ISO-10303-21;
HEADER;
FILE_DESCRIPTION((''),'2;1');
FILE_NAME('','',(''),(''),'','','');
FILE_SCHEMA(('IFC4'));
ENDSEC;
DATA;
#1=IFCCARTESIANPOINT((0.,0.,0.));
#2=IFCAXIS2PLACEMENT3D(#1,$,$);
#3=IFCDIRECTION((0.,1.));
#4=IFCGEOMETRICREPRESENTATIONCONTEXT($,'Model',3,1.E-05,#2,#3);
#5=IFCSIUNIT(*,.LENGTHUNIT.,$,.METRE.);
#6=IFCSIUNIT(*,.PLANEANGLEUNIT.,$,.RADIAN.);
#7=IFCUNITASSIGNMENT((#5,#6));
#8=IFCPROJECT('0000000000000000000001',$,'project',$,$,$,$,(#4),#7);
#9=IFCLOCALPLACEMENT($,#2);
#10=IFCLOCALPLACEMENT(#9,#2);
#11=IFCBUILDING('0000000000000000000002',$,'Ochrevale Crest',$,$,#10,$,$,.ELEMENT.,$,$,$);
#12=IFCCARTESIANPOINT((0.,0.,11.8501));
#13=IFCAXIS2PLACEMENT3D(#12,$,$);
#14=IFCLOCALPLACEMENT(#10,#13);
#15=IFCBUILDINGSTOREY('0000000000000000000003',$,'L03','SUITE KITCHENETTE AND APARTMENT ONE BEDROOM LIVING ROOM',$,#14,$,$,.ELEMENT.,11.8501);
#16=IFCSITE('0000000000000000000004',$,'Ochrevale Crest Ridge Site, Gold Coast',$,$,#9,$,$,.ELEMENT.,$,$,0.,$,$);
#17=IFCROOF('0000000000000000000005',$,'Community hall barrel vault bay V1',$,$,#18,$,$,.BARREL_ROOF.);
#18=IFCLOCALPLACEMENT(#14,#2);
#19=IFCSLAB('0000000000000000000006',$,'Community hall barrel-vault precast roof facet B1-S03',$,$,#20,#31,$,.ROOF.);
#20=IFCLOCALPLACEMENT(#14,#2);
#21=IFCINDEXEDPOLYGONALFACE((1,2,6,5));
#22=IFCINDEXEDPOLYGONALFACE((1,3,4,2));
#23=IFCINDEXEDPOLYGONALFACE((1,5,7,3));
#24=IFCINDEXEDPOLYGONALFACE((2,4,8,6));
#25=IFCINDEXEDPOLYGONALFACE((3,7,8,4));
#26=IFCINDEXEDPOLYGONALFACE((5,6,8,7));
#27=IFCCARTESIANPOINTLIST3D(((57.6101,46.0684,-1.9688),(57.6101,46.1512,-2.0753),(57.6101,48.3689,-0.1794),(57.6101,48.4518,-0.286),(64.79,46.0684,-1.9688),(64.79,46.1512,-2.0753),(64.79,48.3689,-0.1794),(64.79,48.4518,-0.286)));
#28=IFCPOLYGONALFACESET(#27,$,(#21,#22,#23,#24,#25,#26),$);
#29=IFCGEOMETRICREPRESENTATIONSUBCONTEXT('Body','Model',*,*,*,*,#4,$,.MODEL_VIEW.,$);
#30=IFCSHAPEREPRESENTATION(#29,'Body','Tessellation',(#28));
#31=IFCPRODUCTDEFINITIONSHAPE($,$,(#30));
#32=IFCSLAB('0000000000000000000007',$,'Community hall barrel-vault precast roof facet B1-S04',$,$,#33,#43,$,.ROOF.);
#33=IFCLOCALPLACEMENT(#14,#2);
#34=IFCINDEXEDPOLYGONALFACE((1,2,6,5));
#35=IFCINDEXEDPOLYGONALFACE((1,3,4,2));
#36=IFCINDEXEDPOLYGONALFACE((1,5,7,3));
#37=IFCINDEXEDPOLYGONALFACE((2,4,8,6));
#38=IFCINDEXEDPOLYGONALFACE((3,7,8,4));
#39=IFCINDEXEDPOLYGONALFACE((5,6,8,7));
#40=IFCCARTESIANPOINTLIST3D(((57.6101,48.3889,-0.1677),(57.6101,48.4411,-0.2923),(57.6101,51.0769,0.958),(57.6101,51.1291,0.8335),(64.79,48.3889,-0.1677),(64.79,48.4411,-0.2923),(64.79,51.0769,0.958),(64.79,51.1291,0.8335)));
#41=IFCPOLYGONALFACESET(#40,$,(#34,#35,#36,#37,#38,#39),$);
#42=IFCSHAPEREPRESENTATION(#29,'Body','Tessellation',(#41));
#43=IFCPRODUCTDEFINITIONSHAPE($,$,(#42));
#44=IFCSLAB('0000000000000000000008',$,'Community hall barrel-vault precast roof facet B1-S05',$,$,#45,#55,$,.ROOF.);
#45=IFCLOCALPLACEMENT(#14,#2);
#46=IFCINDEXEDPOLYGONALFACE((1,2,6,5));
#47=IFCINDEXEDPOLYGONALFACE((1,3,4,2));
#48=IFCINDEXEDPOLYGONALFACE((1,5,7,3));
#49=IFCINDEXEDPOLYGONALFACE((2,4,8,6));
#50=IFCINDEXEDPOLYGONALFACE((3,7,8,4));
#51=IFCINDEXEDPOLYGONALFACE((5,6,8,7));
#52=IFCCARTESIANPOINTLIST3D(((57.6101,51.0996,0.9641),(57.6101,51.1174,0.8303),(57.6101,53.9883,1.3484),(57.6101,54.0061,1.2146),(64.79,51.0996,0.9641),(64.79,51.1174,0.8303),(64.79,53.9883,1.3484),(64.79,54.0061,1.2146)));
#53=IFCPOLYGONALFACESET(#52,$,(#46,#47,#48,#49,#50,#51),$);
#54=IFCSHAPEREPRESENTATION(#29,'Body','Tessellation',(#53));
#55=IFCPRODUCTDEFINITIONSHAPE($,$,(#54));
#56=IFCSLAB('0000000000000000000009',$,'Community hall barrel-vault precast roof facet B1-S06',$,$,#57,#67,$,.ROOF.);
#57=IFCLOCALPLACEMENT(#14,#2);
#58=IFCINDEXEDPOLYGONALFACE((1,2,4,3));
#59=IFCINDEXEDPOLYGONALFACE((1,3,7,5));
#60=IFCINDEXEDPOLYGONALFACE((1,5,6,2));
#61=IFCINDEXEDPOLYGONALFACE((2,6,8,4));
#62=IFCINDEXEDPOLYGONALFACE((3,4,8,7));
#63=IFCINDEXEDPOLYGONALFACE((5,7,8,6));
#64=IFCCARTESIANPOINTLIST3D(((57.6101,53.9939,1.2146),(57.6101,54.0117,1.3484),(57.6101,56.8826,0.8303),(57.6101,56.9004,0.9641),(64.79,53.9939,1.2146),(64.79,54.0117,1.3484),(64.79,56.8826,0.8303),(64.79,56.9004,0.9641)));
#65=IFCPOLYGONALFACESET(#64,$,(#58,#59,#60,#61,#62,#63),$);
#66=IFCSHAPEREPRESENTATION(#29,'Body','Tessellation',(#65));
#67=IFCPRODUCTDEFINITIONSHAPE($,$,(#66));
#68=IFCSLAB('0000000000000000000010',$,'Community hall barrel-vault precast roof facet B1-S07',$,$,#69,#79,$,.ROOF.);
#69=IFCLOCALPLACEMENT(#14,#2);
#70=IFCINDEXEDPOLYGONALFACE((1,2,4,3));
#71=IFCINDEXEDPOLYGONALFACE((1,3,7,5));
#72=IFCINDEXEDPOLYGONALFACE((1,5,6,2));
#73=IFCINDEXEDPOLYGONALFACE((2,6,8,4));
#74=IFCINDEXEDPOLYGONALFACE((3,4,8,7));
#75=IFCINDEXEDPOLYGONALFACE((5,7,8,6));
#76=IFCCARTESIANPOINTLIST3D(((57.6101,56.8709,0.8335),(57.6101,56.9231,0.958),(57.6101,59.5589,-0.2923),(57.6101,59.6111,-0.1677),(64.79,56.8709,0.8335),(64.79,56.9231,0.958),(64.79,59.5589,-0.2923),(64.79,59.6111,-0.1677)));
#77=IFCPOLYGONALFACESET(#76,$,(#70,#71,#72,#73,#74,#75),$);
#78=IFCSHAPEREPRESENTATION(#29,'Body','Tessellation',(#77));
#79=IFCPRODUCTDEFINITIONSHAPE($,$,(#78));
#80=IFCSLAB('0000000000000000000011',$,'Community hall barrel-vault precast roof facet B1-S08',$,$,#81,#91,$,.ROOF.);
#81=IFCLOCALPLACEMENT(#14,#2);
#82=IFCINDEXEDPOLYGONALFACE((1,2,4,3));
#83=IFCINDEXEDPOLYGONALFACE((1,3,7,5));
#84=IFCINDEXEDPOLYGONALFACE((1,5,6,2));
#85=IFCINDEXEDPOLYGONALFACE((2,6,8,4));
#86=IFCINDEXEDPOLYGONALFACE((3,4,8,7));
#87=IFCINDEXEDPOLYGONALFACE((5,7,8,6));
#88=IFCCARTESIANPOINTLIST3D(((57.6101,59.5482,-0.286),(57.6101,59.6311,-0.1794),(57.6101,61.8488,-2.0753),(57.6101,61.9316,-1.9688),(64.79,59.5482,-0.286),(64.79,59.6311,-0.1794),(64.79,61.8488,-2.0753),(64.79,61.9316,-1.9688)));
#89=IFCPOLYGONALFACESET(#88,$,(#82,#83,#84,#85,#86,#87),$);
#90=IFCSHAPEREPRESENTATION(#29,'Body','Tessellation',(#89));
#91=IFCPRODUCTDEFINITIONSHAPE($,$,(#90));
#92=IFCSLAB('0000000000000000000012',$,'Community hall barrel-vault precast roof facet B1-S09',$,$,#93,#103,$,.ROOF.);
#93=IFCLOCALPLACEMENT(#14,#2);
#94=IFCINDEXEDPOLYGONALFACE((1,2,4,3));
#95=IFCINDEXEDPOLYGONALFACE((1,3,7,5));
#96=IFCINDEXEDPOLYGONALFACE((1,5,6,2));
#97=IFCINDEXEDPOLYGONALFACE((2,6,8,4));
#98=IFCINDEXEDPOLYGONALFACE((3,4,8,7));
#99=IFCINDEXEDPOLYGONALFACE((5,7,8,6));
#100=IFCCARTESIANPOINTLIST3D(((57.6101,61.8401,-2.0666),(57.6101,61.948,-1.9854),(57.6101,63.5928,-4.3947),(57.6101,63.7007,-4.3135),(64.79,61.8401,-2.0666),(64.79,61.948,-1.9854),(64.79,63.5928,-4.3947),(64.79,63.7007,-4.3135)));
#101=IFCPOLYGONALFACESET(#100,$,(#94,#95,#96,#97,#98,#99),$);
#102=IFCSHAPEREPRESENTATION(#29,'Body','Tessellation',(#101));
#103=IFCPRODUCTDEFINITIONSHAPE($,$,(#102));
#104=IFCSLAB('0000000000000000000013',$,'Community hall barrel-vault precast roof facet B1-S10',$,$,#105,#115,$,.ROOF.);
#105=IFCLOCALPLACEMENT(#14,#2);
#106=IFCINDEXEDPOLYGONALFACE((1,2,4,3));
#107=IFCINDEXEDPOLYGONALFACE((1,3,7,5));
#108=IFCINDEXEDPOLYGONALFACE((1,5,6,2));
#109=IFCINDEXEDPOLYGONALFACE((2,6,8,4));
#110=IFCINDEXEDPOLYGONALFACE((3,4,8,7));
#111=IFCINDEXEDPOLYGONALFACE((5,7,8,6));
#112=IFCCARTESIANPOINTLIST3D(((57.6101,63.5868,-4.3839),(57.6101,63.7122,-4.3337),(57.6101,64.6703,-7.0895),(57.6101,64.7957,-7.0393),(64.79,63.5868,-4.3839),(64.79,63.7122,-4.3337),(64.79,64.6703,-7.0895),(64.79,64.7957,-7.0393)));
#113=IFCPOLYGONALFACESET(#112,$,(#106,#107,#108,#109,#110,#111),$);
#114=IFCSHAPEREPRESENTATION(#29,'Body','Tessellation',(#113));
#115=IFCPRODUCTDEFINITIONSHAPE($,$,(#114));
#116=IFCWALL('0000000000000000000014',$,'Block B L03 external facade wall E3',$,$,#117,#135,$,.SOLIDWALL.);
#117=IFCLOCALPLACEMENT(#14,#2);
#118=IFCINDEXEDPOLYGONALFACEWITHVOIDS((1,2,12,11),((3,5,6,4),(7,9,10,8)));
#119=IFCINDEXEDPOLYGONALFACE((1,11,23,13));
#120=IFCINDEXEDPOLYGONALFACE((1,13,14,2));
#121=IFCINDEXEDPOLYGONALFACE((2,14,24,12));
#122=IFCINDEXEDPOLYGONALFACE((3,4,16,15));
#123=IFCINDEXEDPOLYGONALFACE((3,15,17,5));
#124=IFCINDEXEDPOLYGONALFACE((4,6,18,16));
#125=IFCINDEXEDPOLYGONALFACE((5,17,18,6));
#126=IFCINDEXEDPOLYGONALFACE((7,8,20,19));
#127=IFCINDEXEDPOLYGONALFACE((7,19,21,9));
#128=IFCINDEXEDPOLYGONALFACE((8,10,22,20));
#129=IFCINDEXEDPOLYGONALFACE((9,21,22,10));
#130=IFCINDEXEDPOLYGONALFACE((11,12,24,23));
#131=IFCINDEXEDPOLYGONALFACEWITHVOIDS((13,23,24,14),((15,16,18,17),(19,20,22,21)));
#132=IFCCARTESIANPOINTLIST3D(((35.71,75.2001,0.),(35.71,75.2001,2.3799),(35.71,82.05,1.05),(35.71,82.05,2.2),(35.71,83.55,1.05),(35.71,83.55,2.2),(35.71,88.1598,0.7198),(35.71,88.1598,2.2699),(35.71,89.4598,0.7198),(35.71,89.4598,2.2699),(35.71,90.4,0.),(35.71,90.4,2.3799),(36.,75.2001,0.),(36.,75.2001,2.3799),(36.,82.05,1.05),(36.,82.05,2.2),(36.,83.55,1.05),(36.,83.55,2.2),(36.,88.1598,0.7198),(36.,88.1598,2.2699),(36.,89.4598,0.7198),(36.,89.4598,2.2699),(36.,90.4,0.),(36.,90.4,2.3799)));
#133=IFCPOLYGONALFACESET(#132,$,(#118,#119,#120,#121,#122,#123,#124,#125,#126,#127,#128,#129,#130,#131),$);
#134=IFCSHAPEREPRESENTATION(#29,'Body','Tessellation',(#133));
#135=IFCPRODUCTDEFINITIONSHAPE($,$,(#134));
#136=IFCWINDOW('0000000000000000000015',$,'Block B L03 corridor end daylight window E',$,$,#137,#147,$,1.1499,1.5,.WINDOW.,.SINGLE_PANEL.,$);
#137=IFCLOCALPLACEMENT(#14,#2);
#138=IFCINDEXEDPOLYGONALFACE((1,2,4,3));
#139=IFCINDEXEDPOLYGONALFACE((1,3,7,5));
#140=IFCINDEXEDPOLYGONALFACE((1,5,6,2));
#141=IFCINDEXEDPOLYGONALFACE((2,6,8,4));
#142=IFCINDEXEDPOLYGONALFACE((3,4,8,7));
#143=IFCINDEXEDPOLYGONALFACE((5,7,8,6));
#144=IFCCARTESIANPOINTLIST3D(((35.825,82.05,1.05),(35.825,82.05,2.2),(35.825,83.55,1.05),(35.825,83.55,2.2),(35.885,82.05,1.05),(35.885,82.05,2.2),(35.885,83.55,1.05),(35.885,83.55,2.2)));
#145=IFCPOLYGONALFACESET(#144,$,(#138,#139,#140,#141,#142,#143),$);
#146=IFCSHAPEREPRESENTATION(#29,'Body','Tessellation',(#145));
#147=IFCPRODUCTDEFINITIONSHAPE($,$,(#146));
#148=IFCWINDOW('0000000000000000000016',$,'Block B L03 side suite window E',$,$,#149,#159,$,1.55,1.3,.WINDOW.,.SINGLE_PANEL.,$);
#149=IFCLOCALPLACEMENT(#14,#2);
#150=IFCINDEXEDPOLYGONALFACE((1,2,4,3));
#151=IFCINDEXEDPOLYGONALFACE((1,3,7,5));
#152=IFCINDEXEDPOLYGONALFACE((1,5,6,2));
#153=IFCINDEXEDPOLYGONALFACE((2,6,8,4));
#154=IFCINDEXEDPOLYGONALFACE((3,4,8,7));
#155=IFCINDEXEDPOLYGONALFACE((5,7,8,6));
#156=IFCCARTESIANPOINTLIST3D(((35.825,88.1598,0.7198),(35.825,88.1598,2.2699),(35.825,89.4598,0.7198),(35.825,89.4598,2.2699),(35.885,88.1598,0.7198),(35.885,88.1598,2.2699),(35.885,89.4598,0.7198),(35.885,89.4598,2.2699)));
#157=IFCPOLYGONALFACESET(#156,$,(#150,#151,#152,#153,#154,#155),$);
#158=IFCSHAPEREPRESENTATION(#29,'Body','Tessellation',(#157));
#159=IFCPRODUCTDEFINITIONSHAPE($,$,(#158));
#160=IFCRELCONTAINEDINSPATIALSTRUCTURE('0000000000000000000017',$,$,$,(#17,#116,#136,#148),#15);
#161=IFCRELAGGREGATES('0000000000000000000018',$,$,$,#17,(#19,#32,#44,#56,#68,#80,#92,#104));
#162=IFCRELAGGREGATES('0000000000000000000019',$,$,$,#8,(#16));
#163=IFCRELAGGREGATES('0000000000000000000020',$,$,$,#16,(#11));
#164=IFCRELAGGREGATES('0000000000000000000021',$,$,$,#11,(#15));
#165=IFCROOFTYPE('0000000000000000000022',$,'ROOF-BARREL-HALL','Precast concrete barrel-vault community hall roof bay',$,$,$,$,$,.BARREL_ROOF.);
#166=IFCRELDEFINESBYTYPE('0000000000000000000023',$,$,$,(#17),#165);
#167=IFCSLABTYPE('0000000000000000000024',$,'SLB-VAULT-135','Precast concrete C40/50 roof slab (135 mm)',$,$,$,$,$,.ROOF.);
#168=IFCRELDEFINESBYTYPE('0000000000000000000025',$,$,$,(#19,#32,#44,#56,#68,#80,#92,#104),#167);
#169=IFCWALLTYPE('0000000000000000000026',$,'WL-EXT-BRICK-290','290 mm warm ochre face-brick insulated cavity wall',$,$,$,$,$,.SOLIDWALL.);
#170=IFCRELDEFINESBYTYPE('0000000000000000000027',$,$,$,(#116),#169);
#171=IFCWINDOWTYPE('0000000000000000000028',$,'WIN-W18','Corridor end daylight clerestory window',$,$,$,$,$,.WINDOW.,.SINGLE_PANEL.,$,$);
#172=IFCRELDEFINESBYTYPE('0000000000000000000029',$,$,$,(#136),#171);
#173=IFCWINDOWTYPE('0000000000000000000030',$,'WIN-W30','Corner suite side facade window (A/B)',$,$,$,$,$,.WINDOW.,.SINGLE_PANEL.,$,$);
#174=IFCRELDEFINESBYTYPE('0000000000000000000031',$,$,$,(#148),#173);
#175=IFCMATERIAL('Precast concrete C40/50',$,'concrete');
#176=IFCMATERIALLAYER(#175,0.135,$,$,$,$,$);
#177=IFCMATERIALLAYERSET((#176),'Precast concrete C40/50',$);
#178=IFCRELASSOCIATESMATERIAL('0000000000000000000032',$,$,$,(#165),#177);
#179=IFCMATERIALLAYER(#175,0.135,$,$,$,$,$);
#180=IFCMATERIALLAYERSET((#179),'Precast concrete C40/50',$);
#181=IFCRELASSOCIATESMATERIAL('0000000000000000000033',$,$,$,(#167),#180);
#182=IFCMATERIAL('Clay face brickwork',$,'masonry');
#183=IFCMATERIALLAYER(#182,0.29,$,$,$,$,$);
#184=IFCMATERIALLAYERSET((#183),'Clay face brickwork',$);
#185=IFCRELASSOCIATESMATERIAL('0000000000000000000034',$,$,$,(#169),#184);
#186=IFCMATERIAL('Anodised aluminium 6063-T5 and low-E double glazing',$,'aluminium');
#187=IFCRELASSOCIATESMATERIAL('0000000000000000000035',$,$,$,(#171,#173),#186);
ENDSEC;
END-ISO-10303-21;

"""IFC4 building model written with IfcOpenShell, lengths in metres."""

from ifc_helpers import new_model, si_unit, direction, frame, frame_2d, origin, place, context, subcontext, project, spatial, polyline, rectangle, outline, extrude, material, layer, layer_set, type_object, element, fill, aggregate, save


model = new_model("IFC4")

# Units and contexts
model_context = context("Model", 3, precision=1e-05, world=origin(), true_north=direction((0.0, 1.0)))
body_context = subcontext(model_context, "Body", "Model", "MODEL_VIEW")
ifc_project = project(units=[si_unit("LENGTHUNIT", "METRE"), si_unit("PLANEANGLEUNIT", "RADIAN")], contexts=[model_context])

# Site, building, storey
site_placement = place(None, origin())
site = spatial("IfcSite", under=ifc_project, at=site_placement, Name="Ochrevale Crest Ridge Site, Gold Coast", CompositionType="ELEMENT", RefElevation=0.0)
building_placement = place(site_placement, origin())
building = spatial("IfcBuilding", under=site, at=building_placement, Name="Ochrevale Crest", CompositionType="ELEMENT")
storey_placement = place(building_placement, frame((0.0, 0.0, 11.8501)))
storey = spatial("IfcBuildingStorey", under=building, at=storey_placement, Name="L03", Description="SUITE KITCHENETTE AND APARTMENT ONE BEDROOM LIVING ROOM", CompositionType="ELEMENT", Elevation=11.8501)

# Roof, slabs
ifc_material_1 = material(Name="Precast concrete C40/50", Category="concrete")
ifc_layer_1 = layer(ifc_material_1, 0.135)
ifc_layer_set_1 = layer_set([ifc_layer_1], Name="Precast concrete C40/50")
roof_type = type_object("IfcRoofType", Name="ROOF-BARREL-HALL", Description="Precast concrete barrel-vault community hall roof bay", PredefinedType="BARREL_ROOF", material=ifc_layer_set_1)
roof_placement = place(storey_placement, origin())
roof = element("IfcRoof", 1, at=roof_placement, inside=storey, type_object=roof_type, Name="Community hall barrel vault bay V1", PredefinedType="BARREL_ROOF")
ifc_layer_2 = layer(ifc_material_1, 0.135)
ifc_layer_set_2 = layer_set([ifc_layer_2], Name="Precast concrete C40/50")
slab_type = type_object("IfcSlabType", Name="SLB-VAULT-135", Description="Precast concrete C40/50 roof slab (135 mm)", PredefinedType="ROOF", material=ifc_layer_set_2)
slab_1_placement = place(storey_placement, frame((57.6101, 46.0684, -1.9688), z_axis=(0.0, -0.613941, 0.789352), x_axis=(1.0, 0.0, 0.0)))
slab_1 = element("IfcSlab", 2, at=slab_1_placement, type_object=slab_type, Name="Community hall barrel-vault precast roof facet B1-S03", PredefinedType="ROOF", context=body_context, shape_type="SweptSolid", body=[
    extrude(outline(polyline([(0.0, 0.0), (7.1799, 0.0), (7.1799, 2.9145), (0.0, 2.9145), (0.0, 0.0)])), origin(), (0.0, 0.0, -1.0), 0.135),
])
slab_2_placement = place(storey_placement, frame((57.6101, 48.3889, -0.1677), z_axis=(0.0, -0.386292, 0.922376), x_axis=(1.0, 0.0, 0.0)))
slab_2 = element("IfcSlab", 3, at=slab_2_placement, type_object=slab_type, Name="Community hall barrel-vault precast roof facet B1-S04", PredefinedType="ROOF", context=body_context, shape_type="SweptSolid", body=[
    extrude(outline(polyline([(0.0, 0.0), (7.1799, 0.0), (7.1799, 2.9142), (0.0, 2.9142), (0.0, 0.0)])), origin(), (0.0, 0.0, -1.0), 0.135),
])
slab_3_placement = place(storey_placement, frame((57.6101, 51.0996, 0.9641), z_axis=(0.0, -0.131867, 0.991267), x_axis=(1.0, 0.0, 0.0)))
slab_3 = element("IfcSlab", 4, at=slab_3_placement, type_object=slab_type, Name="Community hall barrel-vault precast roof facet B1-S05", PredefinedType="ROOF", context=body_context, shape_type="SweptSolid", body=[
    extrude(outline(polyline([(0.0, 0.0), (7.1799, 0.0), (7.1799, 2.9141), (0.0, 2.9141), (0.0, 0.0)])), origin(), (0.0, 0.0, -1.0), 0.135),
])
slab_4_placement = place(storey_placement, frame((57.6101, 54.0117, 1.3484), z_axis=(0.0, 0.131867, 0.991267), x_axis=(1.0, 0.0, 0.0)))
slab_4 = element("IfcSlab", 5, at=slab_4_placement, type_object=slab_type, Name="Community hall barrel-vault precast roof facet B1-S06", PredefinedType="ROOF", context=body_context, shape_type="SweptSolid", body=[
    extrude(outline(polyline([(0.0, 0.0), (7.1799, 0.0), (7.1799, 2.9141), (0.0, 2.9141), (0.0, 0.0)])), origin(), (0.0, 0.0, -1.0), 0.135),
])
slab_5_placement = place(storey_placement, frame((57.6101, 56.9231, 0.958), z_axis=(0.0, 0.386292, 0.922376), x_axis=(1.0, 0.0, 0.0)))
slab_5 = element("IfcSlab", 6, at=slab_5_placement, type_object=slab_type, Name="Community hall barrel-vault precast roof facet B1-S07", PredefinedType="ROOF", context=body_context, shape_type="SweptSolid", body=[
    extrude(outline(polyline([(0.0, 0.0), (7.1799, 0.0), (7.1799, 2.9142), (0.0, 2.9142), (0.0, 0.0)])), origin(), (0.0, 0.0, -1.0), 0.135),
])
slab_6_placement = place(storey_placement, frame((57.6101, 59.6311, -0.1794), z_axis=(0.0, 0.613941, 0.789352), x_axis=(1.0, 0.0, 0.0)))
slab_6 = element("IfcSlab", 7, at=slab_6_placement, type_object=slab_type, Name="Community hall barrel-vault precast roof facet B1-S08", PredefinedType="ROOF", context=body_context, shape_type="SweptSolid", body=[
    extrude(outline(polyline([(0.0, 0.0), (7.1799, 0.0), (7.1799, 2.9145), (0.0, 2.9145), (0.0, 0.0)])), origin(), (0.0, 0.0, -1.0), 0.135),
])
slab_7_placement = place(storey_placement, frame((57.6101, 61.948, -1.9854), z_axis=(0.0, 0.798913, 0.601447), x_axis=(1.0, 0.0, 0.0)))
slab_7 = element("IfcSlab", 8, at=slab_7_placement, type_object=slab_type, Name="Community hall barrel-vault precast roof facet B1-S09", PredefinedType="ROOF", context=body_context, shape_type="SweptSolid", body=[
    extrude(outline(polyline([(0.0, 0.0), (7.1799, 0.0), (7.1799, 2.9141), (0.0, 2.9141), (0.0, 0.0)])), origin(), (0.0, 0.0, -1.0), 0.135),
])
slab_8_placement = place(storey_placement, frame((57.6101, 63.7122, -4.3337), z_axis=(0.0, 0.928326, 0.371766), x_axis=(1.0, 0.0, 0.0)))
slab_8 = element("IfcSlab", 9, at=slab_8_placement, type_object=slab_type, Name="Community hall barrel-vault precast roof facet B1-S10", PredefinedType="ROOF", context=body_context, shape_type="SweptSolid", body=[
    extrude(outline(polyline([(0.0, 0.0), (7.1799, 0.0), (7.1799, 2.9145), (0.0, 2.9145), (0.0, 0.0)])), origin(), (0.0, 0.0, -1.0), 0.135),
])
aggregate(roof, [slab_1, slab_2, slab_3, slab_4, slab_5, slab_6, slab_7, slab_8])

# Wall, openings, windows
ifc_material_2 = material(Name="Clay face brickwork", Category="masonry")
ifc_layer_3 = layer(ifc_material_2, 0.29)
ifc_layer_set_3 = layer_set([ifc_layer_3], Name="Clay face brickwork")
wall_type = type_object("IfcWallType", Name="WL-EXT-BRICK-290", Description="290 mm warm ochre face-brick insulated cavity wall", PredefinedType="SOLIDWALL", material=ifc_layer_set_3)
wall_placement = place(storey_placement, frame((35.855, 75.2, 0.0), z_axis=(0.0, 0.0, 1.0), x_axis=(0.0, 1.0, 0.0)))
wall = element("IfcWall", 10, at=wall_placement, inside=storey, type_object=wall_type, Name="Block B L03 external facade wall E3", PredefinedType="SOLIDWALL", context=body_context, shape_type="SweptSolid", body=[
    extrude(rectangle(XDim=15.2, YDim=0.29, at=frame_2d((7.6001, 0.0))), origin(), (0.0, 0.0, 1.0), 2.3799),
])
opening_1_placement = place(wall_placement, frame((6.8501, 0.0, 1.05)))
opening_1 = element("IfcOpeningElement", 11, at=opening_1_placement, cuts=wall, PredefinedType="OPENING", context=body_context, shape_type="SweptSolid", body=[
    extrude(rectangle(XDim=1.5, YDim=1.1499, at=frame_2d((0.75, 0.575))), frame((0.0, 0.155, 0.0), z_axis=(0.0, -1.0, 0.0), x_axis=(1.0, 0.0, 0.0)), (0.0, 0.0, 1.0), 0.3101),
])
opening_2_placement = place(wall_placement, frame((12.96, 0.0, 0.72)))
opening_2 = element("IfcOpeningElement", 12, at=opening_2_placement, cuts=wall, PredefinedType="OPENING", context=body_context, shape_type="SweptSolid", body=[
    extrude(rectangle(XDim=1.3, YDim=1.55, at=frame_2d((0.6499, 0.7749))), frame((0.0, 0.155, 0.0), z_axis=(0.0, -1.0, 0.0), x_axis=(1.0, 0.0, 0.0)), (0.0, 0.0, 1.0), 0.3101),
])
ifc_material_3 = material(Name="Anodised aluminium 6063-T5 and low-E double glazing", Category="aluminium")
window_type_1 = type_object("IfcWindowType", Name="WIN-W18", Description="Corridor end daylight clerestory window", PartitioningType="SINGLE_PANEL", PredefinedType="WINDOW", material=ifc_material_3)
window_1_placement = place(opening_1_placement, origin())
window_1 = element("IfcWindow", 13, at=window_1_placement, inside=storey, type_object=window_type_1, Name="Block B L03 corridor end daylight window E", OverallHeight=1.1499, OverallWidth=1.5, PartitioningType="SINGLE_PANEL", PredefinedType="WINDOW", context=body_context, shape_type="SweptSolid", body=[
    extrude(rectangle(XDim=1.5, YDim=1.1499, at=frame_2d((0.75, 0.575))), frame((0.0, 0.03, 0.0), z_axis=(0.0, -1.0, 0.0), x_axis=(1.0, 0.0, 0.0)), (0.0, 0.0, 1.0), 0.0601),
])
fill(opening_1, window_1)
window_type_2 = type_object("IfcWindowType", Name="WIN-W30", Description="Corner suite side facade window (A/B)", PartitioningType="SINGLE_PANEL", PredefinedType="WINDOW", material=ifc_material_3)
window_2_placement = place(opening_2_placement, origin())
window_2 = element("IfcWindow", 14, at=window_2_placement, inside=storey, type_object=window_type_2, Name="Block B L03 side suite window E", OverallHeight=1.55, OverallWidth=1.3, PartitioningType="SINGLE_PANEL", PredefinedType="WINDOW", context=body_context, shape_type="SweptSolid", body=[
    extrude(rectangle(XDim=1.3, YDim=1.55, at=frame_2d((0.6499, 0.7749))), frame((0.0, 0.03, 0.0), z_axis=(0.0, -1.0, 0.0), x_axis=(1.0, 0.0, 0.0)), (0.0, 0.0, 1.0), 0.0601),
])
fill(opening_2, window_2)

save(model, "model.ifc")
